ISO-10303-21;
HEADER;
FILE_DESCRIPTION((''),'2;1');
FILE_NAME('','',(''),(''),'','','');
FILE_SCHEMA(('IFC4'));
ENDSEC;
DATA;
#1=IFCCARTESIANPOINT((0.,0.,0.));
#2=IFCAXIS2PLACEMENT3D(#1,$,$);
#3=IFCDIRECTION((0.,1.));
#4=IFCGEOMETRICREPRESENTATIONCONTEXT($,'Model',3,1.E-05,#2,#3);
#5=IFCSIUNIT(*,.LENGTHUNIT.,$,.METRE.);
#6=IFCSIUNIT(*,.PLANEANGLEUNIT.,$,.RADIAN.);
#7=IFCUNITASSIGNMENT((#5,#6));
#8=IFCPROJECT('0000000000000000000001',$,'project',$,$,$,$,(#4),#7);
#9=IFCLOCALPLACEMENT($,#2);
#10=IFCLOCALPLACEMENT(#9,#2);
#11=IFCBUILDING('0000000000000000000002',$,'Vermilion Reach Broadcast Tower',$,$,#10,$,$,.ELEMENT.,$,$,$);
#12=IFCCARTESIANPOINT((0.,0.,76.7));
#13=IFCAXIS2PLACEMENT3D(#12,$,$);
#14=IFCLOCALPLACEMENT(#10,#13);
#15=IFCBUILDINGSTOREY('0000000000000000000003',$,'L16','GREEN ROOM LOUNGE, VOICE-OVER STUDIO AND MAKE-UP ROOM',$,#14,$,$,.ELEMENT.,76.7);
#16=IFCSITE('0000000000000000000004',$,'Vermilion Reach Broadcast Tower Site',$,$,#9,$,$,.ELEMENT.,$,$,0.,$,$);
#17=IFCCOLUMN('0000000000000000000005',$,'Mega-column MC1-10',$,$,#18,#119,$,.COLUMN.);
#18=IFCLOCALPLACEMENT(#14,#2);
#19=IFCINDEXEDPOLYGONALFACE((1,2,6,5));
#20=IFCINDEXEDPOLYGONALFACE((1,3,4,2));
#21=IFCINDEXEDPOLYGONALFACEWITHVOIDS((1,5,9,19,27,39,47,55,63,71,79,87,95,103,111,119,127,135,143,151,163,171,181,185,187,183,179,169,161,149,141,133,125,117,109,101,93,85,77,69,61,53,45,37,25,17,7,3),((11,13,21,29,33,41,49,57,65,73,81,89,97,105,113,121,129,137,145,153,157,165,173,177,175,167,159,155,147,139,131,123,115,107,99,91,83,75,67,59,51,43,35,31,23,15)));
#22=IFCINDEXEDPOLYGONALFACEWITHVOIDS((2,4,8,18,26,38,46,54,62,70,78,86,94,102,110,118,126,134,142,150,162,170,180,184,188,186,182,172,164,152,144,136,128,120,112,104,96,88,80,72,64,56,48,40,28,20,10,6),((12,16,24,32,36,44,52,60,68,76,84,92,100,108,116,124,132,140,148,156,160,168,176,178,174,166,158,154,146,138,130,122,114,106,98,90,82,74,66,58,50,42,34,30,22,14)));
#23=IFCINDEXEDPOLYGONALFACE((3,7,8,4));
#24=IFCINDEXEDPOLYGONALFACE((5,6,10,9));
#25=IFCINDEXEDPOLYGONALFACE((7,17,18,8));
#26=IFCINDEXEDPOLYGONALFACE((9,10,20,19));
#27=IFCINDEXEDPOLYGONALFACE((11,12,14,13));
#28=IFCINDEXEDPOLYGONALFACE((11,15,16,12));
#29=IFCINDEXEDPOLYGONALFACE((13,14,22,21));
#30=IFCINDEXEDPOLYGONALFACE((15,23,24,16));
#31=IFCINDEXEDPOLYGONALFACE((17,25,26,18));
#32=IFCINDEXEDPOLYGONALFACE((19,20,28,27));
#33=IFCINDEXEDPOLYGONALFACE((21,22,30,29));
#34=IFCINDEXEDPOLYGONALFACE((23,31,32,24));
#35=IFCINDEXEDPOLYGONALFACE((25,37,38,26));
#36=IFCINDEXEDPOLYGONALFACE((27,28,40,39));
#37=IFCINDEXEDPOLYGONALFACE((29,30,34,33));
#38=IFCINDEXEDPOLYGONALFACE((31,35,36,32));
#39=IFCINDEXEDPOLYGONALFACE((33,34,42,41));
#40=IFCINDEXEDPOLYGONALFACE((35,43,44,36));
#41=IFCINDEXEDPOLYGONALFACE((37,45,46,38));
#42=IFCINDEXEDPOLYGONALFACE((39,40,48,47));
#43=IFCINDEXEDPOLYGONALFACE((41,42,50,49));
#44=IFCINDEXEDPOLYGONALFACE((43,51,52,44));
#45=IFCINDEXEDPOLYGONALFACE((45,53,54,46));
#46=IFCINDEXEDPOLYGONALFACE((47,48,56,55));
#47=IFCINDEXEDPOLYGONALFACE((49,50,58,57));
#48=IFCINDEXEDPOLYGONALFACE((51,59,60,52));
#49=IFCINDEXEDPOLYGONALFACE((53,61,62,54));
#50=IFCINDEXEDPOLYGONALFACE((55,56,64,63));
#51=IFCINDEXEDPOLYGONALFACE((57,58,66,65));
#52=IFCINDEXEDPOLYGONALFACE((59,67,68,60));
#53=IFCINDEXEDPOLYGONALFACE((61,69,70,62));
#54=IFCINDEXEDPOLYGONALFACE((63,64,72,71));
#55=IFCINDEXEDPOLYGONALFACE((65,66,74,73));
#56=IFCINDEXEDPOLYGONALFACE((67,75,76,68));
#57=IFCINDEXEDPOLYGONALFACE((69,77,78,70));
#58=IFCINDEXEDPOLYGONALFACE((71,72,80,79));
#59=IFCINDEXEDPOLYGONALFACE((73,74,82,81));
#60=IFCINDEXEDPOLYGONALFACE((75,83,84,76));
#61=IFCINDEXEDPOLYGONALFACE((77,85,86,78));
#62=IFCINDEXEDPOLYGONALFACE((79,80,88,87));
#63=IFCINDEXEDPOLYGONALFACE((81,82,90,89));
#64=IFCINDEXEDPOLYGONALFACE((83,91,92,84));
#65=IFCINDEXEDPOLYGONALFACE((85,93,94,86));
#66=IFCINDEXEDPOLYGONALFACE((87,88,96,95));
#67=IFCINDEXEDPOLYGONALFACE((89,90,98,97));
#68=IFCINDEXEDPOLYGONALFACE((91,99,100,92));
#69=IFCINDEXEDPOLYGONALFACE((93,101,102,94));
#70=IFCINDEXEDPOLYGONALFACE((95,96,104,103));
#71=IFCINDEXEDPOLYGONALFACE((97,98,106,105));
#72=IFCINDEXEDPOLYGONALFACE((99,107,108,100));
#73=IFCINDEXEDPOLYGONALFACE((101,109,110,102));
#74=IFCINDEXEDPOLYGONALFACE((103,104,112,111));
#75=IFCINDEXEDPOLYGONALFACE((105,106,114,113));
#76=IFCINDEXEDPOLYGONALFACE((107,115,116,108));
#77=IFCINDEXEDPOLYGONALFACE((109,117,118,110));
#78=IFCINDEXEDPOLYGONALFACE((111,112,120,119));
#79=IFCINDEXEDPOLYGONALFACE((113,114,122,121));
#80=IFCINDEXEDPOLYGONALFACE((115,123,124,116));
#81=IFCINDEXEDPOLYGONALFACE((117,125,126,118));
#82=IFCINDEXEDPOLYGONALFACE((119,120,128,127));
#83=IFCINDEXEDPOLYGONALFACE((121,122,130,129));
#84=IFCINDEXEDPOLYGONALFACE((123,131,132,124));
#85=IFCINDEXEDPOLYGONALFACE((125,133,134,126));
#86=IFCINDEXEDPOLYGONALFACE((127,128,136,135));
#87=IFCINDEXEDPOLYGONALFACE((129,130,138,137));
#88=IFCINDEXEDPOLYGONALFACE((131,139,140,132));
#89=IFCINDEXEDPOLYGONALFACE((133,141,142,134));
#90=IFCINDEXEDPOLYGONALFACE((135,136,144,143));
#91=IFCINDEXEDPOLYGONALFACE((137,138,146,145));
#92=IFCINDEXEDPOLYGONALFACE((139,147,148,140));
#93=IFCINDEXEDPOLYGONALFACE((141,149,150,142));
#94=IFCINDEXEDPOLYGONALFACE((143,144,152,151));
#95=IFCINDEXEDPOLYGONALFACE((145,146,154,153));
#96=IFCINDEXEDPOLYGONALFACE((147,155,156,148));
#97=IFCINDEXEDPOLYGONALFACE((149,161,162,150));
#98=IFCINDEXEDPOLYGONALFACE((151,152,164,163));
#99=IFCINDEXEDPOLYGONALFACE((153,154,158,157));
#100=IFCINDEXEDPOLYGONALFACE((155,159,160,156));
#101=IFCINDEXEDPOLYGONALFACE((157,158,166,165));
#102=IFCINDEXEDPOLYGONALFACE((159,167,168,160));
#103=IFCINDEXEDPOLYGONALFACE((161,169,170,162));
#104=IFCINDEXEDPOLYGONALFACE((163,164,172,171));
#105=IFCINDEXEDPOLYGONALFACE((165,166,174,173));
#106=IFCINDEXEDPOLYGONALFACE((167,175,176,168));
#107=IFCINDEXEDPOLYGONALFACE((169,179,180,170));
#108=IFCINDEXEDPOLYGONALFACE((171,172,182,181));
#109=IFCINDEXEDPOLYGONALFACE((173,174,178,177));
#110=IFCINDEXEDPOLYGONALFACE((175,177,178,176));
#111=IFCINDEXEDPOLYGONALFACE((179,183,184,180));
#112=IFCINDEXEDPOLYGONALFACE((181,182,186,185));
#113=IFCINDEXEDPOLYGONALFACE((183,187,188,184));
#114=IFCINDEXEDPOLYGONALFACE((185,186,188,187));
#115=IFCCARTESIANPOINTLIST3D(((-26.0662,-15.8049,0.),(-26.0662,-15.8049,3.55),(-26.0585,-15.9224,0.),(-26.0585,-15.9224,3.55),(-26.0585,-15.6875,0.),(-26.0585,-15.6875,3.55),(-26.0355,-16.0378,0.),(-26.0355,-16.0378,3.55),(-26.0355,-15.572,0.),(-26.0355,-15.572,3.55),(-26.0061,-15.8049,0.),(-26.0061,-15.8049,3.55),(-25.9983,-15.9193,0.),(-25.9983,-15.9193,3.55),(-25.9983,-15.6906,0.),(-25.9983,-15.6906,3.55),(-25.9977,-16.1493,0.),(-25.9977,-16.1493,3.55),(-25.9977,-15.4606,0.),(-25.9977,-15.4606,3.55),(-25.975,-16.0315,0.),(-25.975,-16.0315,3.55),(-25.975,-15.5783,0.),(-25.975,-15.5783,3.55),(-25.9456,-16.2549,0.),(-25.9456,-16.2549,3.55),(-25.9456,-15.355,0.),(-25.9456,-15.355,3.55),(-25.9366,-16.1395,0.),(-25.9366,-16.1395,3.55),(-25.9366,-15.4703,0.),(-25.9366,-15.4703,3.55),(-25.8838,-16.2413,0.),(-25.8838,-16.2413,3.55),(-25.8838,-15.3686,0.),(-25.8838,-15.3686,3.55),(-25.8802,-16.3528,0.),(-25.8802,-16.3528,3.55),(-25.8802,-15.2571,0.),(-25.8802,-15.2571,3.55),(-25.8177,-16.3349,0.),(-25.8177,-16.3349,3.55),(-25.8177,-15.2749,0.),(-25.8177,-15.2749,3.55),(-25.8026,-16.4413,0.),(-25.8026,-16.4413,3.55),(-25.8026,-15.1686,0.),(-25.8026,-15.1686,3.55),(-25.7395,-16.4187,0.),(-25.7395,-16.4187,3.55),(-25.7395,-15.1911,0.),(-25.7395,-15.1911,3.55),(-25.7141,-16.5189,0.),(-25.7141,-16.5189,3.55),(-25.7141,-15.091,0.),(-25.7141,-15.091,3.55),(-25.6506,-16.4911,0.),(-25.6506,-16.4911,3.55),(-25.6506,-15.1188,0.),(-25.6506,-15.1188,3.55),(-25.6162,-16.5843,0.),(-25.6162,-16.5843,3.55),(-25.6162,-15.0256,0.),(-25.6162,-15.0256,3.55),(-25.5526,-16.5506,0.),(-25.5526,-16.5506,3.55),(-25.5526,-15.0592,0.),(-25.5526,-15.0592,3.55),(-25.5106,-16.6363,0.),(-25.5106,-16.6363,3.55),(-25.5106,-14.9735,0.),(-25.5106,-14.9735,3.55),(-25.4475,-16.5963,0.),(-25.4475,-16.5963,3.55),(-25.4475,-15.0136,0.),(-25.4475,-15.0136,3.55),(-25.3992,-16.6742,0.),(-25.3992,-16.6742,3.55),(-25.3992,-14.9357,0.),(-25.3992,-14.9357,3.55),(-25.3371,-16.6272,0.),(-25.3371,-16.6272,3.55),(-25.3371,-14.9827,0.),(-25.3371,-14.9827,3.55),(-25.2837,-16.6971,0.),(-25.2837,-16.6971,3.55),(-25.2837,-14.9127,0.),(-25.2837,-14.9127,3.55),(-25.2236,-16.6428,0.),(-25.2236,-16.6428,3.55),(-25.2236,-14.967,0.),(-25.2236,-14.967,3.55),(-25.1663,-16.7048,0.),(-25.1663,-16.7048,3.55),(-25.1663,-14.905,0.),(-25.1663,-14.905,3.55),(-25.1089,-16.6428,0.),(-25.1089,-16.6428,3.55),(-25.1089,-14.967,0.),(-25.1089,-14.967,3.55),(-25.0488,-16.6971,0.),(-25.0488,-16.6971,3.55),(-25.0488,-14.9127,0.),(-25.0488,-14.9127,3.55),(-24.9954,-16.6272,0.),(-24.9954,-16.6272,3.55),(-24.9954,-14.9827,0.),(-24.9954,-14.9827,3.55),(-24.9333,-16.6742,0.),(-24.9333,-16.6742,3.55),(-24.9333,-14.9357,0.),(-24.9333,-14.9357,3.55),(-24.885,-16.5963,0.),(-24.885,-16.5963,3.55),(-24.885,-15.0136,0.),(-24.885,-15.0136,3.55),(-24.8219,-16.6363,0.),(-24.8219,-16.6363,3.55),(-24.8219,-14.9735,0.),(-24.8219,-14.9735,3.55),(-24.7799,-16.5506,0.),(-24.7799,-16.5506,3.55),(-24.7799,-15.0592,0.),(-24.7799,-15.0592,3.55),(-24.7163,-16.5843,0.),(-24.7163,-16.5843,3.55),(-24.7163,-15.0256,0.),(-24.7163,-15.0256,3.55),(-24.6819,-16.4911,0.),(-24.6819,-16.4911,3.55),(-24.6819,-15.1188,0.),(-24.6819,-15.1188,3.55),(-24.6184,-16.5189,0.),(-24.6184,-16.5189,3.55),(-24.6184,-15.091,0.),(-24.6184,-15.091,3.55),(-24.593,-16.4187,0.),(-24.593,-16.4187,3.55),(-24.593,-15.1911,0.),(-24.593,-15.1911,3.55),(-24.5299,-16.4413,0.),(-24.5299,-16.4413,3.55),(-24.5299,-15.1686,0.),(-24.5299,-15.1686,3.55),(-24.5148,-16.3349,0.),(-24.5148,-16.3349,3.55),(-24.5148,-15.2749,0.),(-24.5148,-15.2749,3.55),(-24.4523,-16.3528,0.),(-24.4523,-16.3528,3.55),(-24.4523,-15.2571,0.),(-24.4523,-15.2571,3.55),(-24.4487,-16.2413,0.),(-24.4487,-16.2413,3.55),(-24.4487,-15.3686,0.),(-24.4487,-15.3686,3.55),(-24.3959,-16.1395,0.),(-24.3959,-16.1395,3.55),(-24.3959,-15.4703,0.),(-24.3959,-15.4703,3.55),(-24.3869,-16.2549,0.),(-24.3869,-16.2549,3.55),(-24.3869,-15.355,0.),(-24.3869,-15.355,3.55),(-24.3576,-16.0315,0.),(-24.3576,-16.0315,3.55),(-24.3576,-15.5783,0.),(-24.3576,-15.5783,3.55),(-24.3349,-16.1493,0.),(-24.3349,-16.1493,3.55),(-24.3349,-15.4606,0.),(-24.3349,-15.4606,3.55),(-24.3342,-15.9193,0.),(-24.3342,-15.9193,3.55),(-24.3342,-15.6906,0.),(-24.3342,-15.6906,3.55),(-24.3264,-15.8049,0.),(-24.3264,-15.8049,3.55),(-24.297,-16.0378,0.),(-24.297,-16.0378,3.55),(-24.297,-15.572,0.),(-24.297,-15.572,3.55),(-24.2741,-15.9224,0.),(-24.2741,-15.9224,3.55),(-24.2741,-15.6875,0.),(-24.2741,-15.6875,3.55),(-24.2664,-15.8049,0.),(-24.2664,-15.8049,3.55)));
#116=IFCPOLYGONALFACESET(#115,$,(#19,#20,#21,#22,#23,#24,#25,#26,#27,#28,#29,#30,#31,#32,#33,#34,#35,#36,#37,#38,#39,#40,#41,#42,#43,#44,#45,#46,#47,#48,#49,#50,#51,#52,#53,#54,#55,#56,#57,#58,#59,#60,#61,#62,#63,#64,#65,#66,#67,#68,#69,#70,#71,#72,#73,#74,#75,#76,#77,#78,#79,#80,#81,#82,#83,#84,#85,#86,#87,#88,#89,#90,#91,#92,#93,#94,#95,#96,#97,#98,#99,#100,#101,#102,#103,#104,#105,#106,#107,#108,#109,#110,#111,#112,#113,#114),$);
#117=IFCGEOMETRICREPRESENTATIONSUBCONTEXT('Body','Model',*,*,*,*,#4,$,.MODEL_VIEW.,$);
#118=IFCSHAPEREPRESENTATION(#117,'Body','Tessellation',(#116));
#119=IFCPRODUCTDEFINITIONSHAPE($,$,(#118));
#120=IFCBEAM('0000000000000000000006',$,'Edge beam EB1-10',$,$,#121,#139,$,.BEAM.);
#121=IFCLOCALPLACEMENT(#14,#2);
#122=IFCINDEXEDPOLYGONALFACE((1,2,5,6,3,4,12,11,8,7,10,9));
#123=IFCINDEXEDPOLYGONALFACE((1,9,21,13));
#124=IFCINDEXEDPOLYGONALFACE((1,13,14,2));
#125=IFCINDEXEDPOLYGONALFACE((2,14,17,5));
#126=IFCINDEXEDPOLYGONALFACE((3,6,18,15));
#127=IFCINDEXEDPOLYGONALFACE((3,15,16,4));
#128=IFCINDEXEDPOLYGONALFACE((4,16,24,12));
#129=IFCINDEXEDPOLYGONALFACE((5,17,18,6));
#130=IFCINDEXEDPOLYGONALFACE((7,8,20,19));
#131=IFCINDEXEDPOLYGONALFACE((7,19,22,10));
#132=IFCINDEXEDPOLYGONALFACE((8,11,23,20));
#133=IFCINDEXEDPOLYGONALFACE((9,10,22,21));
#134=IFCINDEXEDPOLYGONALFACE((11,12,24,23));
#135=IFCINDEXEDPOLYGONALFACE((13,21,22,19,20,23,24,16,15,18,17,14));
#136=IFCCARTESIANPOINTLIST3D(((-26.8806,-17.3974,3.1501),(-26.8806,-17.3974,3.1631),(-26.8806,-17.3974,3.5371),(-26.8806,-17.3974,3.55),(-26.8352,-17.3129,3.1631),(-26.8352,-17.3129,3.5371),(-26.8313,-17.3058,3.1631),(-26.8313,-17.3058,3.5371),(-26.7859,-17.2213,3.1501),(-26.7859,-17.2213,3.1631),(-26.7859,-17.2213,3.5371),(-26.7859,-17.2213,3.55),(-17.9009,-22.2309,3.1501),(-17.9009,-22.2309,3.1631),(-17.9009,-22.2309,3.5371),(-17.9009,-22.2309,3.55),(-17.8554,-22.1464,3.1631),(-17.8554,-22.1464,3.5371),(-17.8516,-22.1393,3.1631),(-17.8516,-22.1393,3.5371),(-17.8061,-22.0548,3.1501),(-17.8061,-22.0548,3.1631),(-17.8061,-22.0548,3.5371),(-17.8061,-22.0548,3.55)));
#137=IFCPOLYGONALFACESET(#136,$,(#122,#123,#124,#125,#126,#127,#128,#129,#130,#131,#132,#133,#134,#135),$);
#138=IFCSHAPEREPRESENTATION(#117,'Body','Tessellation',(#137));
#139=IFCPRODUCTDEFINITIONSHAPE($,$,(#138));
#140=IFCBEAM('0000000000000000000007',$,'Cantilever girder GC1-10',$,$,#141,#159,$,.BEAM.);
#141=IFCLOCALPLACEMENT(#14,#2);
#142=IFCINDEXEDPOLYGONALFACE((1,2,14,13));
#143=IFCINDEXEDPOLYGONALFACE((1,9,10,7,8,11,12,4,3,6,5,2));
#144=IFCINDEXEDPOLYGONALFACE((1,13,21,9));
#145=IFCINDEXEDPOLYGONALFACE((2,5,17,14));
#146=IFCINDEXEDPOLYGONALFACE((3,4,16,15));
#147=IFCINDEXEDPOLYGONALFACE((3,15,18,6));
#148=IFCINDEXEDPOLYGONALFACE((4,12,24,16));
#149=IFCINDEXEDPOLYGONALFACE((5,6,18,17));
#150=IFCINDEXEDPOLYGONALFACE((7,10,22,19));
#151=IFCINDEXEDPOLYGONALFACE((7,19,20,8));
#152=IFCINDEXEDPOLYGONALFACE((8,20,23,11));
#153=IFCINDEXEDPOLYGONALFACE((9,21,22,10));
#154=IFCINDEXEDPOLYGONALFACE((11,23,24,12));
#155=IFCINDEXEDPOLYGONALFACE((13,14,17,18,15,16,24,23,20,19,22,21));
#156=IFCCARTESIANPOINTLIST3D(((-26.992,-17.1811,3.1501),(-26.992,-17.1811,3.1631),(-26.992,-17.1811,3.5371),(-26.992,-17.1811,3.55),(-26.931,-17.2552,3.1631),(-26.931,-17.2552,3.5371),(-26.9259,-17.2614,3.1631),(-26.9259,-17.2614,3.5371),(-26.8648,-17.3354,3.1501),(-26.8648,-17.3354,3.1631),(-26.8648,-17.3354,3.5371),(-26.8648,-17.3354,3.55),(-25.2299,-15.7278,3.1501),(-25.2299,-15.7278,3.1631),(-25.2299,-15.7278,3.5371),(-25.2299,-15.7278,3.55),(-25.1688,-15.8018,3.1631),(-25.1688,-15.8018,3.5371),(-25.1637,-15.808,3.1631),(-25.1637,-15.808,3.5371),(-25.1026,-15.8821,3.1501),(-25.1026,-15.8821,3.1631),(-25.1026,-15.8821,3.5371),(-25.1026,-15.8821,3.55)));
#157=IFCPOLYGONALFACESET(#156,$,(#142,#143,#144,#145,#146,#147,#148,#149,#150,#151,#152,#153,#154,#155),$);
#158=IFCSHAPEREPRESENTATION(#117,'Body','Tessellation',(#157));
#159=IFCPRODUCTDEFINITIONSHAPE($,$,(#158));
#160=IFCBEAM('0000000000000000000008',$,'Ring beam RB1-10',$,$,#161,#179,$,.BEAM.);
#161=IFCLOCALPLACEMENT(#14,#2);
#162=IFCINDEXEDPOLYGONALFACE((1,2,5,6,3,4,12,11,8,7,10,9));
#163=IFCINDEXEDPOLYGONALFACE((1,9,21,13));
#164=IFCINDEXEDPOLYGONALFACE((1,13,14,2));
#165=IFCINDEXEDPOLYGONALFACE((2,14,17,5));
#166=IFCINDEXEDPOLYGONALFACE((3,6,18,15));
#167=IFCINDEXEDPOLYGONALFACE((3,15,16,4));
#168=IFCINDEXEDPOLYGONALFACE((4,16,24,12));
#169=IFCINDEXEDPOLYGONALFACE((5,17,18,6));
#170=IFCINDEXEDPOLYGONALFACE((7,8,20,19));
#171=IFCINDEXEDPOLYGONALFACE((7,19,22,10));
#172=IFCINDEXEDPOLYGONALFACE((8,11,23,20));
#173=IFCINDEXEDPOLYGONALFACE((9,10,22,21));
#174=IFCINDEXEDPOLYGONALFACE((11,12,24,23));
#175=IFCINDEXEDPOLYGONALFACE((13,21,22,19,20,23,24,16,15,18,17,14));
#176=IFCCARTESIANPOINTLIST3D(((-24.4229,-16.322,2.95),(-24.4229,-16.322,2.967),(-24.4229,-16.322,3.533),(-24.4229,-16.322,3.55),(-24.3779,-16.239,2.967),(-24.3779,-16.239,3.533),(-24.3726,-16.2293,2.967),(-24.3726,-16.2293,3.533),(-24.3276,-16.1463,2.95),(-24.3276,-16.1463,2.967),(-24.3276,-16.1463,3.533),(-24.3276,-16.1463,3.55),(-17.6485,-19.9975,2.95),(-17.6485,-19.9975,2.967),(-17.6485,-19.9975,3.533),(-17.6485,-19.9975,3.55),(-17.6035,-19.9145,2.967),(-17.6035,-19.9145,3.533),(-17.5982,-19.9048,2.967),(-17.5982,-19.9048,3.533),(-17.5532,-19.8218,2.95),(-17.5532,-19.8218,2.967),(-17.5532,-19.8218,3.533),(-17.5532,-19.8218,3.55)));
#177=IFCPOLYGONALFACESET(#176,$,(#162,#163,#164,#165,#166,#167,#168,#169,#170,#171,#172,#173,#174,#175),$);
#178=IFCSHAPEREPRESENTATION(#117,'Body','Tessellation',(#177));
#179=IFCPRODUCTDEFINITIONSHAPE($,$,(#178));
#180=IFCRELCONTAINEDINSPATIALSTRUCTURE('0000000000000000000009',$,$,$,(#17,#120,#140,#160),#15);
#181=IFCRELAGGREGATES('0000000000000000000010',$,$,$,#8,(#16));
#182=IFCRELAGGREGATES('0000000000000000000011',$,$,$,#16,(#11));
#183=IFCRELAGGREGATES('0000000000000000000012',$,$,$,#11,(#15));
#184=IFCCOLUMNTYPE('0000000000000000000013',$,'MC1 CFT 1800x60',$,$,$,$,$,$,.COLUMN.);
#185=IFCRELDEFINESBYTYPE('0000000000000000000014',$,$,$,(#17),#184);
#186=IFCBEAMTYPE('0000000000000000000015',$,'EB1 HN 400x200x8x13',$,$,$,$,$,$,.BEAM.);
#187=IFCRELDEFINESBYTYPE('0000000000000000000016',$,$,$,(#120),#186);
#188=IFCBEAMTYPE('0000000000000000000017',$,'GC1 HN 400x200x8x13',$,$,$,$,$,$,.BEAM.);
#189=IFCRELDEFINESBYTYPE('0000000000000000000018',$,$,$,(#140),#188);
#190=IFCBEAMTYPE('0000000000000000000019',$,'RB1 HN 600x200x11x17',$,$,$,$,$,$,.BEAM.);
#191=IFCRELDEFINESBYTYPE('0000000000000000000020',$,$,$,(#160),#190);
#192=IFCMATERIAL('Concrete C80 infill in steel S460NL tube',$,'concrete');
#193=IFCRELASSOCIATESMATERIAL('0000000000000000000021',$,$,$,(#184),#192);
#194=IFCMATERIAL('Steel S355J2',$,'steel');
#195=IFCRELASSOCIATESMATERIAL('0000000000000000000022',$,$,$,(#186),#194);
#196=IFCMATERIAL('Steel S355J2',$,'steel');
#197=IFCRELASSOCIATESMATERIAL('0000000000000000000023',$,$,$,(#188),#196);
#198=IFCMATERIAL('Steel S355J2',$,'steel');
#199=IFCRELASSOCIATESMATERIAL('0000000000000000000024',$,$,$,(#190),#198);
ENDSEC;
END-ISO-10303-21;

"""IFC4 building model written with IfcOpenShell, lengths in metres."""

from ifc_helpers import new_model, si_unit, direction, frame, origin, origin_2d, place, context, subcontext, project, spatial, hollow_circle, i_section, extrude, material, material_profile, profile_set, type_object, element, save


model = new_model("IFC4")

# Units and contexts
model_context = context("Model", 3, precision=1e-05, world=origin(), true_north=direction((0.0, 1.0)))
body_context = subcontext(model_context, "Body", "Model", "MODEL_VIEW")
ifc_project = project(units=[si_unit("LENGTHUNIT", "METRE"), si_unit("PLANEANGLEUNIT", "RADIAN")], contexts=[model_context])

# Site, building, storey
site_placement = place(None, origin())
site = spatial("IfcSite", under=ifc_project, at=site_placement, Name="Vermilion Reach Broadcast Tower Site", CompositionType="ELEMENT", RefElevation=0.0)
building_placement = place(site_placement, origin())
building = spatial("IfcBuilding", under=site, at=building_placement, Name="Vermilion Reach Broadcast Tower", CompositionType="ELEMENT")
storey_placement = place(building_placement, frame((0.0, 0.0, 76.7)))
storey = spatial("IfcBuildingStorey", under=building, at=storey_placement, Name="L16", Description="GREEN ROOM LOUNGE, VOICE-OVER STUDIO AND MAKE-UP ROOM", CompositionType="ELEMENT", Elevation=76.7)

# Column
ifc_material_1 = material(Name="Concrete C80 infill in steel S460NL tube", Category="concrete")
ifc_material_profile_1 = material_profile(ifc_material_1, hollow_circle(Radius=0.8999, WallThickness=0.0601, at=origin_2d()), Name="Concrete C80 infill in steel S460NL tube CFT 1800x60")
ifc_profile_set_1 = profile_set([ifc_material_profile_1], Name="Concrete C80 infill in steel S460NL tube")
column_type = type_object("IfcColumnType", Name="MC1 CFT 1800x60", PredefinedType="COLUMN", material=ifc_profile_set_1)
column_placement = place(storey_placement, frame((-25.1663, -15.8049, 0.0), z_axis=(0.0, 0.0, 1.0), x_axis=(1.0, 0.0, 0.0)))
element("IfcColumn", 1, at=column_placement, inside=storey, type_object=column_type, Name="Mega-column MC1-10", PredefinedType="COLUMN", context=body_context, shape_type="SweptSolid", body=[
    extrude(hollow_circle(Radius=0.8999, WallThickness=0.0601, at=origin_2d()), origin(), (0.0, 0.0, 1.0), 3.55),
])

# Beams
ifc_material_2 = material(Name="Steel S355J2", Category="steel")
ifc_material_profile_2 = material_profile(ifc_material_2, i_section(OverallWidth=0.2, OverallDepth=0.3999, WebThickness=0.0081, FlangeThickness=0.0129, at=origin_2d()), Name="S355J2 HN 400x200x8x13")
ifc_profile_set_2 = profile_set([ifc_material_profile_2], Name="Steel S355J2")
beam_type_1 = type_object("IfcBeamType", Name="EB1 HN 400x200x8x13", PredefinedType="BEAM", material=ifc_profile_set_2)
beam_1_placement = place(storey_placement, frame((-26.8333, -17.3093, 3.3501), z_axis=(0.880543, -0.473967, 0.0), x_axis=(0.473967, 0.880543, 0.0)))
element("IfcBeam", 2, at=beam_1_placement, inside=storey, type_object=beam_type_1, Name="Edge beam EB1-10", PredefinedType="BEAM", context=body_context, shape_type="SweptSolid", body=[
    extrude(i_section(OverallWidth=0.2, OverallDepth=0.3999, WebThickness=0.0081, FlangeThickness=0.0129, at=origin_2d()), origin(), (0.0, 0.0, 1.0), 10.198),
])
ifc_material_3 = material(Name="Steel S355J2", Category="steel")
ifc_material_profile_3 = material_profile(ifc_material_3, i_section(OverallWidth=0.2, OverallDepth=0.3999, WebThickness=0.0081, FlangeThickness=0.0129, at=origin_2d()), Name="S355J2 HN 400x200x8x13")
ifc_profile_set_3 = profile_set([ifc_material_profile_3], Name="Steel S355J2")
beam_type_2 = type_object("IfcBeamType", Name="GC1 HN 400x200x8x13", PredefinedType="BEAM", material=ifc_profile_set_3)
beam_2_placement = place(storey_placement, frame((-25.1663, -15.8049, 3.3501), z_axis=(-0.77147, -0.636265, 0.0), x_axis=(0.636265, -0.77147, 0.0)))
element("IfcBeam", 3, at=beam_2_placement, inside=storey, type_object=beam_type_2, Name="Cantilever girder GC1-10", PredefinedType="BEAM", context=body_context, shape_type="SweptSolid", body=[
    extrude(i_section(OverallWidth=0.2, OverallDepth=0.3999, WebThickness=0.0081, FlangeThickness=0.0129, at=origin_2d()), origin(), (0.0, 0.0, 1.0), 2.2842),
])
ifc_material_4 = material(Name="Steel S355J2", Category="steel")
ifc_material_profile_4 = material_profile(ifc_material_4, i_section(OverallWidth=0.2, OverallDepth=0.6001, WebThickness=0.011, FlangeThickness=0.0171, at=origin_2d()), Name="S355J2 HN 600x200x11x17")
ifc_profile_set_4 = profile_set([ifc_material_profile_4], Name="Steel S355J2")
beam_type_3 = type_object("IfcBeamType", Name="RB1 HN 600x200x11x17", PredefinedType="BEAM", material=ifc_profile_set_4)
beam_3_placement = place(storey_placement, frame((-24.3752, -16.2341, 3.25), z_axis=(0.878962, -0.476891, 0.0), x_axis=(0.476891, 0.878962, 0.0)))
element("IfcBeam", 4, at=beam_3_placement, inside=storey, type_object=beam_type_3, Name="Ring beam RB1-10", PredefinedType="BEAM", context=body_context, shape_type="SweptSolid", body=[
    extrude(i_section(OverallWidth=0.2, OverallDepth=0.6001, WebThickness=0.011, FlangeThickness=0.0171, at=origin_2d()), origin(), (0.0, 0.0, 1.0), 7.7073),
])

save(model, "model.ifc")
